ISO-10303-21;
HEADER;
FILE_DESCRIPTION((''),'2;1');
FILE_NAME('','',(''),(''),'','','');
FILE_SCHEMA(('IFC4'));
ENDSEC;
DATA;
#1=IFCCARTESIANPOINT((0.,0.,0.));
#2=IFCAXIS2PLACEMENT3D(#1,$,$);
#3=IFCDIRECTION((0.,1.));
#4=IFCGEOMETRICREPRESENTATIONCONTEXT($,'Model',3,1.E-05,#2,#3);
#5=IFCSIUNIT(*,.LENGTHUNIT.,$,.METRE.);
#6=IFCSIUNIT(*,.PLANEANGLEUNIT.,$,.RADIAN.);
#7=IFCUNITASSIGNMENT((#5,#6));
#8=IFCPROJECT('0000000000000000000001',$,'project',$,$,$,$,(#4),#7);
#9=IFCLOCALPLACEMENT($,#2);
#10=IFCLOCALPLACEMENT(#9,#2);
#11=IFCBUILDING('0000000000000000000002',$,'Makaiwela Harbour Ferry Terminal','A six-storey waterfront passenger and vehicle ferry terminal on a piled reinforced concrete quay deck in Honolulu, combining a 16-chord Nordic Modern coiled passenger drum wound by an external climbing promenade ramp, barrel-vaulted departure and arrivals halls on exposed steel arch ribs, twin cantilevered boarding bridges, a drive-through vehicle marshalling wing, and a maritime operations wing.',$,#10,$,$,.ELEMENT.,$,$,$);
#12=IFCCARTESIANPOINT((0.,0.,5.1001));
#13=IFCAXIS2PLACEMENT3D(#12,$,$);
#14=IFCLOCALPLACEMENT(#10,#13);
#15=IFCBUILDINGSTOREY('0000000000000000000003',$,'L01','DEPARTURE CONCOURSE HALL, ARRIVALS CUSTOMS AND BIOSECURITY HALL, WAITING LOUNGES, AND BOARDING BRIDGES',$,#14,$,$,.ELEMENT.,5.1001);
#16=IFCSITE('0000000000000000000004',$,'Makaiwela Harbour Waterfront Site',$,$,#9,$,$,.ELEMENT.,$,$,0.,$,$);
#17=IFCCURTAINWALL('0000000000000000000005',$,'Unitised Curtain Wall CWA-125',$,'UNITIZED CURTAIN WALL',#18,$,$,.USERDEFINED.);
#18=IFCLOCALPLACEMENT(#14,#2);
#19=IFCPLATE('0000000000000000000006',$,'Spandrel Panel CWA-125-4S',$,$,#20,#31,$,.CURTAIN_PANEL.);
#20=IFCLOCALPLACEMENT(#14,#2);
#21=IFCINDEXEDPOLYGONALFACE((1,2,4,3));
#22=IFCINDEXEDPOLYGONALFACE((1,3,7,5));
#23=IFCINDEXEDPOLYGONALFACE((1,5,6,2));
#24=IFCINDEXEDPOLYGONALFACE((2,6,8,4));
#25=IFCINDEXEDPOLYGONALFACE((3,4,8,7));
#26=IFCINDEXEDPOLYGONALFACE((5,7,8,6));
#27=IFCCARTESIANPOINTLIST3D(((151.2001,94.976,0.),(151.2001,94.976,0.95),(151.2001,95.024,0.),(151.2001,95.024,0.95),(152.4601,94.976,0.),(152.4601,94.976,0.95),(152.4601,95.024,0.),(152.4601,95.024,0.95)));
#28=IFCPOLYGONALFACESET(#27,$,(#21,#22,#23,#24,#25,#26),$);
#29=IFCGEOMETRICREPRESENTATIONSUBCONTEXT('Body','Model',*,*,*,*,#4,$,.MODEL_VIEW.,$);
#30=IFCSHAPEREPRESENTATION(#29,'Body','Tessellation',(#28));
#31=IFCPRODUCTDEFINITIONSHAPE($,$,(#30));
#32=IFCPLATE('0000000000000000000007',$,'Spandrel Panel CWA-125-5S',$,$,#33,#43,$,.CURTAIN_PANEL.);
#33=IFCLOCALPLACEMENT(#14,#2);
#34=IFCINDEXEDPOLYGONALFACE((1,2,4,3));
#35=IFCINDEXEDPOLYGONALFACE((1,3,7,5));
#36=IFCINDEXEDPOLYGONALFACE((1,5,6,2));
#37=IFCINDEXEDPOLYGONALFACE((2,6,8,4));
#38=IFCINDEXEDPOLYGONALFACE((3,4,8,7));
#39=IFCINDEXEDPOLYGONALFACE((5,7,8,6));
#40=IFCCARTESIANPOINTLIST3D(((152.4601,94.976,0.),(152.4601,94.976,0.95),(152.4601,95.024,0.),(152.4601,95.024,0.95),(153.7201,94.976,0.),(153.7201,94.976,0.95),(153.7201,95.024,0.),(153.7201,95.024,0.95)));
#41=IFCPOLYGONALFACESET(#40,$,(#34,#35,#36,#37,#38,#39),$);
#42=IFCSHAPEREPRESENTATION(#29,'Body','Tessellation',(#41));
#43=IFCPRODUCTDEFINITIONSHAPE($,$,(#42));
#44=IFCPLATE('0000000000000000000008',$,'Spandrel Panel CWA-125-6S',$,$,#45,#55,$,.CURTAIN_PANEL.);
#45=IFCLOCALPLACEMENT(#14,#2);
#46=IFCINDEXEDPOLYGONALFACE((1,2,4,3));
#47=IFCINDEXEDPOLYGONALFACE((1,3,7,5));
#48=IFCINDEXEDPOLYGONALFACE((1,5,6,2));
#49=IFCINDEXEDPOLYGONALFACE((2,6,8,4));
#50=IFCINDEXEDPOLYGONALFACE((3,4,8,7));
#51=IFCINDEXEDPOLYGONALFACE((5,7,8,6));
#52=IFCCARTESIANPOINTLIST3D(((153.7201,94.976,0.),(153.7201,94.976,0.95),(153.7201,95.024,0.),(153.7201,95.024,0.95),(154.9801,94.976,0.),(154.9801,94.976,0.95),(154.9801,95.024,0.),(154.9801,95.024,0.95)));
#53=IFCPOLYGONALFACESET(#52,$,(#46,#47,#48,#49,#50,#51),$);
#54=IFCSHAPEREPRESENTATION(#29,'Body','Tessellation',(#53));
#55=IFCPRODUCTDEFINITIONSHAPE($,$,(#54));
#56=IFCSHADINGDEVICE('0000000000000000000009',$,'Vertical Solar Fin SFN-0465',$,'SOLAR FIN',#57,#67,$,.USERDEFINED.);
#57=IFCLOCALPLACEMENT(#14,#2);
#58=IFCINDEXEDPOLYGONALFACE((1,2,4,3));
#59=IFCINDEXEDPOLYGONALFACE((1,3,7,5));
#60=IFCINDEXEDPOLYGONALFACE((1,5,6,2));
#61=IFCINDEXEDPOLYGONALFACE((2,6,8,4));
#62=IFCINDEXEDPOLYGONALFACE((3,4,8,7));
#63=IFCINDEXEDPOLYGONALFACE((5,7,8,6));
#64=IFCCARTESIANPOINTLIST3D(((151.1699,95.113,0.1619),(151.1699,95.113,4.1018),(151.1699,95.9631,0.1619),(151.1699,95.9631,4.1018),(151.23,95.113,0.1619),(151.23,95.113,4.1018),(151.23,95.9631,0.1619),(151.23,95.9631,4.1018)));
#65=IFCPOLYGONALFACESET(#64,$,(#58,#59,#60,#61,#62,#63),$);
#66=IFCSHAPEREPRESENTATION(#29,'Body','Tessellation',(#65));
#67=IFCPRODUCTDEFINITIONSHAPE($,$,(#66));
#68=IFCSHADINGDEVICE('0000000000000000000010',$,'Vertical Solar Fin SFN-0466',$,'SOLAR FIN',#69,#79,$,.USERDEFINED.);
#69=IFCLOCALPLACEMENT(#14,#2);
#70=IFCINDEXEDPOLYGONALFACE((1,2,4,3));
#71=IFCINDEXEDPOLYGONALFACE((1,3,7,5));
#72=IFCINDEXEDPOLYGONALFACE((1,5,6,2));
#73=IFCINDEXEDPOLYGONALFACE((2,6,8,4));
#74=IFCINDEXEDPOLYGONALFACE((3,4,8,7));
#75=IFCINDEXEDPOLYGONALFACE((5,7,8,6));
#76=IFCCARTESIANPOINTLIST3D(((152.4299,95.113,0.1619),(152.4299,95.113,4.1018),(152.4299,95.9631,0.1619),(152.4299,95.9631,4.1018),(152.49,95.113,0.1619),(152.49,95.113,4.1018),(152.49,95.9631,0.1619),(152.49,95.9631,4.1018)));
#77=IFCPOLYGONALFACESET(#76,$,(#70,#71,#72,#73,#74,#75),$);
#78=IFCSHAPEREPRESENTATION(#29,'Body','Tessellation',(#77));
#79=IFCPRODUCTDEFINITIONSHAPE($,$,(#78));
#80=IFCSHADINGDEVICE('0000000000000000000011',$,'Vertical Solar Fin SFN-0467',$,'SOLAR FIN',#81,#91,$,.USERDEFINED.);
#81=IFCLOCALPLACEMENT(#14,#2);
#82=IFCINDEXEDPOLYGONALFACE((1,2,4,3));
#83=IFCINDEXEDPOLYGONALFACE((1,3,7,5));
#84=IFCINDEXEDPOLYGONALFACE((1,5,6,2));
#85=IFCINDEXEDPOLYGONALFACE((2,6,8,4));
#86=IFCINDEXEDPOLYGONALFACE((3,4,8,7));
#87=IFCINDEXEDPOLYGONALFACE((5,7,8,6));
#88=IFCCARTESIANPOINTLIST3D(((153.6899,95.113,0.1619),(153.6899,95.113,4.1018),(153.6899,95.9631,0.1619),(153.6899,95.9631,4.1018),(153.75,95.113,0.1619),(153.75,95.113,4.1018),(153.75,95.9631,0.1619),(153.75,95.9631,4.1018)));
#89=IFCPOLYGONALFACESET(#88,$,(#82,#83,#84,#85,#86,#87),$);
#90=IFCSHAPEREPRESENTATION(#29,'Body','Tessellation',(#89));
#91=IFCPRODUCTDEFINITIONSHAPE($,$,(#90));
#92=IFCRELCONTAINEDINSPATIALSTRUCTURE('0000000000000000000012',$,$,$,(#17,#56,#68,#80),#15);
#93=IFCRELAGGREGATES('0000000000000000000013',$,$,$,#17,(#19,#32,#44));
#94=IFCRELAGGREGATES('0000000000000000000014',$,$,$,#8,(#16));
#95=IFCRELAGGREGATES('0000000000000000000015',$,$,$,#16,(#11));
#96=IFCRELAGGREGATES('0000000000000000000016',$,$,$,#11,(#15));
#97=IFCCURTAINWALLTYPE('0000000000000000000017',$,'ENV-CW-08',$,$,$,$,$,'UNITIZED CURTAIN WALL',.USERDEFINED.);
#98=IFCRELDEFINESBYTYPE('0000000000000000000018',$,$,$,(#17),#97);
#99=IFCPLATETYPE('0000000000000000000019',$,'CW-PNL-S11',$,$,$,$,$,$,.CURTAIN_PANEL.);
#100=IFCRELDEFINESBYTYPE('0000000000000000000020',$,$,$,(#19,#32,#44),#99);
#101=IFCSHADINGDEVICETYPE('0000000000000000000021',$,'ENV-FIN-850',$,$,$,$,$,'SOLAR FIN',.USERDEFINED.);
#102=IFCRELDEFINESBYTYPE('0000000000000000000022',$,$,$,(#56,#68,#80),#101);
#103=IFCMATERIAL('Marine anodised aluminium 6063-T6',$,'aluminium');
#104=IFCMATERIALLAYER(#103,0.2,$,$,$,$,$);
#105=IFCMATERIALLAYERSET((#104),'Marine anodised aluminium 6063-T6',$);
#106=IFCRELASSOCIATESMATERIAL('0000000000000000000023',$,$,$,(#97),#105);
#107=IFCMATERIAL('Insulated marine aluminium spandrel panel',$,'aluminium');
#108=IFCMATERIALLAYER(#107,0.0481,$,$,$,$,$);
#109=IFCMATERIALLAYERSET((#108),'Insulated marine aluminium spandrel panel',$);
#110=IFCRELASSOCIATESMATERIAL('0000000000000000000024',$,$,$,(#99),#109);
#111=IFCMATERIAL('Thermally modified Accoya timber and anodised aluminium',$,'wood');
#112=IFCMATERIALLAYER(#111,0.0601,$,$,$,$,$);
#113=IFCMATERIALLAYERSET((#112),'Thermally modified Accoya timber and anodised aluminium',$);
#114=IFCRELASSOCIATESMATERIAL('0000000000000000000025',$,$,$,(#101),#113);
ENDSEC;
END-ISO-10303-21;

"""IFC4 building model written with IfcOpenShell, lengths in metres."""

from ifc_helpers import new_model, si_unit, direction, frame, origin, origin_2d, place, context, subcontext, project, spatial, rectangle, extrude, material, layer, layer_set, type_object, element, aggregate, save


model = new_model("IFC4")

# Units and contexts
model_context = context("Model", 3, precision=1e-05, world=origin(), true_north=direction((0.0, 1.0)))
body_context = subcontext(model_context, "Body", "Model", "MODEL_VIEW")
ifc_project = project(units=[si_unit("LENGTHUNIT", "METRE"), si_unit("PLANEANGLEUNIT", "RADIAN")], contexts=[model_context])

# Site, building, storey
site_placement = place(None, origin())
site = spatial("IfcSite", under=ifc_project, at=site_placement, Name="Makaiwela Harbour Waterfront Site", CompositionType="ELEMENT", RefElevation=0.0)
building_placement = place(site_placement, origin())
building = spatial("IfcBuilding", under=site, at=building_placement, Name="Makaiwela Harbour Ferry Terminal", Description="A six-storey waterfront passenger and vehicle ferry terminal on a piled reinforced concrete quay deck in Honolulu, combining a 16-chord Nordic Modern coiled passenger drum wound by an external climbing promenade ramp, barrel-vaulted departure and arrivals halls on exposed steel arch ribs, twin cantilevered boarding bridges, a drive-through vehicle marshalling wing, and a maritime operations wing.", CompositionType="ELEMENT")
storey_placement = place(building_placement, frame((0.0, 0.0, 5.1001)))
storey = spatial("IfcBuildingStorey", under=building, at=storey_placement, Name="L01", Description="DEPARTURE CONCOURSE HALL, ARRIVALS CUSTOMS AND BIOSECURITY HALL, WAITING LOUNGES, AND BOARDING BRIDGES", CompositionType="ELEMENT", Elevation=5.1001)

# Curtain wall
ifc_material_1 = material(Name="Marine anodised aluminium 6063-T6", Category="aluminium")
ifc_layer_1 = layer(ifc_material_1, 0.2)
ifc_layer_set_1 = layer_set([ifc_layer_1], Name="Marine anodised aluminium 6063-T6")
curtain_wall_type_1 = type_object("IfcCurtainWallType", Name="ENV-CW-08", ElementType="UNITIZED CURTAIN WALL", PredefinedType="USERDEFINED", material=ifc_layer_set_1)
curtain_wall_1_placement = place(storey_placement, origin())
curtain_wall_1 = element("IfcCurtainWall", 1, at=curtain_wall_1_placement, inside=storey, type_object=curtain_wall_type_1, Name="Unitised Curtain Wall CWA-125", ObjectType="UNITIZED CURTAIN WALL", PredefinedType="USERDEFINED")

# Plates
ifc_material_2 = material(Name="Insulated marine aluminium spandrel panel", Category="aluminium")
ifc_layer_2 = layer(ifc_material_2, 0.0481)
ifc_layer_set_2 = layer_set([ifc_layer_2], Name="Insulated marine aluminium spandrel panel")
plate_type_1 = type_object("IfcPlateType", Name="CW-PNL-S11", PredefinedType="CURTAIN_PANEL", material=ifc_layer_set_2)
plate_1_placement = place(storey_placement, frame((151.8301, 95.0, 0.0), z_axis=(0.0, 0.0, 1.0), x_axis=(1.0, 0.0, 0.0)))
plate_1 = element("IfcPlate", 2, at=plate_1_placement, type_object=plate_type_1, Name="Spandrel Panel CWA-125-4S", PredefinedType="CURTAIN_PANEL", context=body_context, shape_type="SweptSolid", body=[
    extrude(rectangle(XDim=1.26, YDim=0.0481, at=origin_2d()), origin(), (0.0, 0.0, 1.0), 0.95),
])
plate_2_placement = place(storey_placement, frame((153.0901, 95.0, 0.0), z_axis=(0.0, 0.0, 1.0), x_axis=(1.0, 0.0, 0.0)))
plate_2 = element("IfcPlate", 3, at=plate_2_placement, type_object=plate_type_1, Name="Spandrel Panel CWA-125-5S", PredefinedType="CURTAIN_PANEL", context=body_context, shape_type="SweptSolid", body=[
    extrude(rectangle(XDim=1.26, YDim=0.0481, at=origin_2d()), origin(), (0.0, 0.0, 1.0), 0.95),
])
plate_3_placement = place(storey_placement, frame((154.3501, 95.0, 0.0), z_axis=(0.0, 0.0, 1.0), x_axis=(1.0, 0.0, 0.0)))
plate_3 = element("IfcPlate", 4, at=plate_3_placement, type_object=plate_type_1, Name="Spandrel Panel CWA-125-6S", PredefinedType="CURTAIN_PANEL", context=body_context, shape_type="SweptSolid", body=[
    extrude(rectangle(XDim=1.26, YDim=0.0481, at=origin_2d()), origin(), (0.0, 0.0, 1.0), 0.95),
])
aggregate(curtain_wall_1, [plate_1, plate_2, plate_3])

# Shading devices
ifc_material_3 = material(Name="Thermally modified Accoya timber and anodised aluminium", Category="wood")
ifc_layer_3 = layer(ifc_material_3, 0.0601)
ifc_layer_set_3 = layer_set([ifc_layer_3], Name="Thermally modified Accoya timber and anodised aluminium")
shading_device_type = type_object("IfcShadingDeviceType", Name="ENV-FIN-850", ElementType="SOLAR FIN", PredefinedType="USERDEFINED", material=ifc_layer_set_3)
for number, where, z_axis, x_axis, name in (
    (5, (151.2, 95.5381, 0.1619), (0.0, 0.0, 1.0), (0.0, 1.0, 0.0), "Vertical Solar Fin SFN-0465"),
    (6, (152.46, 95.5381, 0.1619), (0.0, 0.0, 1.0), (0.0, 1.0, 0.0), "Vertical Solar Fin SFN-0466"),
    (7, (153.72, 95.5381, 0.1619), (0.0, 0.0, 1.0), (0.0, 1.0, 0.0), "Vertical Solar Fin SFN-0467"),
):
    element("IfcShadingDevice", number, at=place(storey_placement, frame(where, z_axis=z_axis, x_axis=x_axis)), inside=storey, type_object=shading_device_type, Name=name, ObjectType="SOLAR FIN", PredefinedType="USERDEFINED", context=body_context, shape_type="SweptSolid", body=[
        extrude(rectangle(XDim=0.8501, YDim=0.0601, at=origin_2d()), origin(), (0.0, 0.0, 1.0), 3.9399),
    ])

save(model, "model.ifc")
